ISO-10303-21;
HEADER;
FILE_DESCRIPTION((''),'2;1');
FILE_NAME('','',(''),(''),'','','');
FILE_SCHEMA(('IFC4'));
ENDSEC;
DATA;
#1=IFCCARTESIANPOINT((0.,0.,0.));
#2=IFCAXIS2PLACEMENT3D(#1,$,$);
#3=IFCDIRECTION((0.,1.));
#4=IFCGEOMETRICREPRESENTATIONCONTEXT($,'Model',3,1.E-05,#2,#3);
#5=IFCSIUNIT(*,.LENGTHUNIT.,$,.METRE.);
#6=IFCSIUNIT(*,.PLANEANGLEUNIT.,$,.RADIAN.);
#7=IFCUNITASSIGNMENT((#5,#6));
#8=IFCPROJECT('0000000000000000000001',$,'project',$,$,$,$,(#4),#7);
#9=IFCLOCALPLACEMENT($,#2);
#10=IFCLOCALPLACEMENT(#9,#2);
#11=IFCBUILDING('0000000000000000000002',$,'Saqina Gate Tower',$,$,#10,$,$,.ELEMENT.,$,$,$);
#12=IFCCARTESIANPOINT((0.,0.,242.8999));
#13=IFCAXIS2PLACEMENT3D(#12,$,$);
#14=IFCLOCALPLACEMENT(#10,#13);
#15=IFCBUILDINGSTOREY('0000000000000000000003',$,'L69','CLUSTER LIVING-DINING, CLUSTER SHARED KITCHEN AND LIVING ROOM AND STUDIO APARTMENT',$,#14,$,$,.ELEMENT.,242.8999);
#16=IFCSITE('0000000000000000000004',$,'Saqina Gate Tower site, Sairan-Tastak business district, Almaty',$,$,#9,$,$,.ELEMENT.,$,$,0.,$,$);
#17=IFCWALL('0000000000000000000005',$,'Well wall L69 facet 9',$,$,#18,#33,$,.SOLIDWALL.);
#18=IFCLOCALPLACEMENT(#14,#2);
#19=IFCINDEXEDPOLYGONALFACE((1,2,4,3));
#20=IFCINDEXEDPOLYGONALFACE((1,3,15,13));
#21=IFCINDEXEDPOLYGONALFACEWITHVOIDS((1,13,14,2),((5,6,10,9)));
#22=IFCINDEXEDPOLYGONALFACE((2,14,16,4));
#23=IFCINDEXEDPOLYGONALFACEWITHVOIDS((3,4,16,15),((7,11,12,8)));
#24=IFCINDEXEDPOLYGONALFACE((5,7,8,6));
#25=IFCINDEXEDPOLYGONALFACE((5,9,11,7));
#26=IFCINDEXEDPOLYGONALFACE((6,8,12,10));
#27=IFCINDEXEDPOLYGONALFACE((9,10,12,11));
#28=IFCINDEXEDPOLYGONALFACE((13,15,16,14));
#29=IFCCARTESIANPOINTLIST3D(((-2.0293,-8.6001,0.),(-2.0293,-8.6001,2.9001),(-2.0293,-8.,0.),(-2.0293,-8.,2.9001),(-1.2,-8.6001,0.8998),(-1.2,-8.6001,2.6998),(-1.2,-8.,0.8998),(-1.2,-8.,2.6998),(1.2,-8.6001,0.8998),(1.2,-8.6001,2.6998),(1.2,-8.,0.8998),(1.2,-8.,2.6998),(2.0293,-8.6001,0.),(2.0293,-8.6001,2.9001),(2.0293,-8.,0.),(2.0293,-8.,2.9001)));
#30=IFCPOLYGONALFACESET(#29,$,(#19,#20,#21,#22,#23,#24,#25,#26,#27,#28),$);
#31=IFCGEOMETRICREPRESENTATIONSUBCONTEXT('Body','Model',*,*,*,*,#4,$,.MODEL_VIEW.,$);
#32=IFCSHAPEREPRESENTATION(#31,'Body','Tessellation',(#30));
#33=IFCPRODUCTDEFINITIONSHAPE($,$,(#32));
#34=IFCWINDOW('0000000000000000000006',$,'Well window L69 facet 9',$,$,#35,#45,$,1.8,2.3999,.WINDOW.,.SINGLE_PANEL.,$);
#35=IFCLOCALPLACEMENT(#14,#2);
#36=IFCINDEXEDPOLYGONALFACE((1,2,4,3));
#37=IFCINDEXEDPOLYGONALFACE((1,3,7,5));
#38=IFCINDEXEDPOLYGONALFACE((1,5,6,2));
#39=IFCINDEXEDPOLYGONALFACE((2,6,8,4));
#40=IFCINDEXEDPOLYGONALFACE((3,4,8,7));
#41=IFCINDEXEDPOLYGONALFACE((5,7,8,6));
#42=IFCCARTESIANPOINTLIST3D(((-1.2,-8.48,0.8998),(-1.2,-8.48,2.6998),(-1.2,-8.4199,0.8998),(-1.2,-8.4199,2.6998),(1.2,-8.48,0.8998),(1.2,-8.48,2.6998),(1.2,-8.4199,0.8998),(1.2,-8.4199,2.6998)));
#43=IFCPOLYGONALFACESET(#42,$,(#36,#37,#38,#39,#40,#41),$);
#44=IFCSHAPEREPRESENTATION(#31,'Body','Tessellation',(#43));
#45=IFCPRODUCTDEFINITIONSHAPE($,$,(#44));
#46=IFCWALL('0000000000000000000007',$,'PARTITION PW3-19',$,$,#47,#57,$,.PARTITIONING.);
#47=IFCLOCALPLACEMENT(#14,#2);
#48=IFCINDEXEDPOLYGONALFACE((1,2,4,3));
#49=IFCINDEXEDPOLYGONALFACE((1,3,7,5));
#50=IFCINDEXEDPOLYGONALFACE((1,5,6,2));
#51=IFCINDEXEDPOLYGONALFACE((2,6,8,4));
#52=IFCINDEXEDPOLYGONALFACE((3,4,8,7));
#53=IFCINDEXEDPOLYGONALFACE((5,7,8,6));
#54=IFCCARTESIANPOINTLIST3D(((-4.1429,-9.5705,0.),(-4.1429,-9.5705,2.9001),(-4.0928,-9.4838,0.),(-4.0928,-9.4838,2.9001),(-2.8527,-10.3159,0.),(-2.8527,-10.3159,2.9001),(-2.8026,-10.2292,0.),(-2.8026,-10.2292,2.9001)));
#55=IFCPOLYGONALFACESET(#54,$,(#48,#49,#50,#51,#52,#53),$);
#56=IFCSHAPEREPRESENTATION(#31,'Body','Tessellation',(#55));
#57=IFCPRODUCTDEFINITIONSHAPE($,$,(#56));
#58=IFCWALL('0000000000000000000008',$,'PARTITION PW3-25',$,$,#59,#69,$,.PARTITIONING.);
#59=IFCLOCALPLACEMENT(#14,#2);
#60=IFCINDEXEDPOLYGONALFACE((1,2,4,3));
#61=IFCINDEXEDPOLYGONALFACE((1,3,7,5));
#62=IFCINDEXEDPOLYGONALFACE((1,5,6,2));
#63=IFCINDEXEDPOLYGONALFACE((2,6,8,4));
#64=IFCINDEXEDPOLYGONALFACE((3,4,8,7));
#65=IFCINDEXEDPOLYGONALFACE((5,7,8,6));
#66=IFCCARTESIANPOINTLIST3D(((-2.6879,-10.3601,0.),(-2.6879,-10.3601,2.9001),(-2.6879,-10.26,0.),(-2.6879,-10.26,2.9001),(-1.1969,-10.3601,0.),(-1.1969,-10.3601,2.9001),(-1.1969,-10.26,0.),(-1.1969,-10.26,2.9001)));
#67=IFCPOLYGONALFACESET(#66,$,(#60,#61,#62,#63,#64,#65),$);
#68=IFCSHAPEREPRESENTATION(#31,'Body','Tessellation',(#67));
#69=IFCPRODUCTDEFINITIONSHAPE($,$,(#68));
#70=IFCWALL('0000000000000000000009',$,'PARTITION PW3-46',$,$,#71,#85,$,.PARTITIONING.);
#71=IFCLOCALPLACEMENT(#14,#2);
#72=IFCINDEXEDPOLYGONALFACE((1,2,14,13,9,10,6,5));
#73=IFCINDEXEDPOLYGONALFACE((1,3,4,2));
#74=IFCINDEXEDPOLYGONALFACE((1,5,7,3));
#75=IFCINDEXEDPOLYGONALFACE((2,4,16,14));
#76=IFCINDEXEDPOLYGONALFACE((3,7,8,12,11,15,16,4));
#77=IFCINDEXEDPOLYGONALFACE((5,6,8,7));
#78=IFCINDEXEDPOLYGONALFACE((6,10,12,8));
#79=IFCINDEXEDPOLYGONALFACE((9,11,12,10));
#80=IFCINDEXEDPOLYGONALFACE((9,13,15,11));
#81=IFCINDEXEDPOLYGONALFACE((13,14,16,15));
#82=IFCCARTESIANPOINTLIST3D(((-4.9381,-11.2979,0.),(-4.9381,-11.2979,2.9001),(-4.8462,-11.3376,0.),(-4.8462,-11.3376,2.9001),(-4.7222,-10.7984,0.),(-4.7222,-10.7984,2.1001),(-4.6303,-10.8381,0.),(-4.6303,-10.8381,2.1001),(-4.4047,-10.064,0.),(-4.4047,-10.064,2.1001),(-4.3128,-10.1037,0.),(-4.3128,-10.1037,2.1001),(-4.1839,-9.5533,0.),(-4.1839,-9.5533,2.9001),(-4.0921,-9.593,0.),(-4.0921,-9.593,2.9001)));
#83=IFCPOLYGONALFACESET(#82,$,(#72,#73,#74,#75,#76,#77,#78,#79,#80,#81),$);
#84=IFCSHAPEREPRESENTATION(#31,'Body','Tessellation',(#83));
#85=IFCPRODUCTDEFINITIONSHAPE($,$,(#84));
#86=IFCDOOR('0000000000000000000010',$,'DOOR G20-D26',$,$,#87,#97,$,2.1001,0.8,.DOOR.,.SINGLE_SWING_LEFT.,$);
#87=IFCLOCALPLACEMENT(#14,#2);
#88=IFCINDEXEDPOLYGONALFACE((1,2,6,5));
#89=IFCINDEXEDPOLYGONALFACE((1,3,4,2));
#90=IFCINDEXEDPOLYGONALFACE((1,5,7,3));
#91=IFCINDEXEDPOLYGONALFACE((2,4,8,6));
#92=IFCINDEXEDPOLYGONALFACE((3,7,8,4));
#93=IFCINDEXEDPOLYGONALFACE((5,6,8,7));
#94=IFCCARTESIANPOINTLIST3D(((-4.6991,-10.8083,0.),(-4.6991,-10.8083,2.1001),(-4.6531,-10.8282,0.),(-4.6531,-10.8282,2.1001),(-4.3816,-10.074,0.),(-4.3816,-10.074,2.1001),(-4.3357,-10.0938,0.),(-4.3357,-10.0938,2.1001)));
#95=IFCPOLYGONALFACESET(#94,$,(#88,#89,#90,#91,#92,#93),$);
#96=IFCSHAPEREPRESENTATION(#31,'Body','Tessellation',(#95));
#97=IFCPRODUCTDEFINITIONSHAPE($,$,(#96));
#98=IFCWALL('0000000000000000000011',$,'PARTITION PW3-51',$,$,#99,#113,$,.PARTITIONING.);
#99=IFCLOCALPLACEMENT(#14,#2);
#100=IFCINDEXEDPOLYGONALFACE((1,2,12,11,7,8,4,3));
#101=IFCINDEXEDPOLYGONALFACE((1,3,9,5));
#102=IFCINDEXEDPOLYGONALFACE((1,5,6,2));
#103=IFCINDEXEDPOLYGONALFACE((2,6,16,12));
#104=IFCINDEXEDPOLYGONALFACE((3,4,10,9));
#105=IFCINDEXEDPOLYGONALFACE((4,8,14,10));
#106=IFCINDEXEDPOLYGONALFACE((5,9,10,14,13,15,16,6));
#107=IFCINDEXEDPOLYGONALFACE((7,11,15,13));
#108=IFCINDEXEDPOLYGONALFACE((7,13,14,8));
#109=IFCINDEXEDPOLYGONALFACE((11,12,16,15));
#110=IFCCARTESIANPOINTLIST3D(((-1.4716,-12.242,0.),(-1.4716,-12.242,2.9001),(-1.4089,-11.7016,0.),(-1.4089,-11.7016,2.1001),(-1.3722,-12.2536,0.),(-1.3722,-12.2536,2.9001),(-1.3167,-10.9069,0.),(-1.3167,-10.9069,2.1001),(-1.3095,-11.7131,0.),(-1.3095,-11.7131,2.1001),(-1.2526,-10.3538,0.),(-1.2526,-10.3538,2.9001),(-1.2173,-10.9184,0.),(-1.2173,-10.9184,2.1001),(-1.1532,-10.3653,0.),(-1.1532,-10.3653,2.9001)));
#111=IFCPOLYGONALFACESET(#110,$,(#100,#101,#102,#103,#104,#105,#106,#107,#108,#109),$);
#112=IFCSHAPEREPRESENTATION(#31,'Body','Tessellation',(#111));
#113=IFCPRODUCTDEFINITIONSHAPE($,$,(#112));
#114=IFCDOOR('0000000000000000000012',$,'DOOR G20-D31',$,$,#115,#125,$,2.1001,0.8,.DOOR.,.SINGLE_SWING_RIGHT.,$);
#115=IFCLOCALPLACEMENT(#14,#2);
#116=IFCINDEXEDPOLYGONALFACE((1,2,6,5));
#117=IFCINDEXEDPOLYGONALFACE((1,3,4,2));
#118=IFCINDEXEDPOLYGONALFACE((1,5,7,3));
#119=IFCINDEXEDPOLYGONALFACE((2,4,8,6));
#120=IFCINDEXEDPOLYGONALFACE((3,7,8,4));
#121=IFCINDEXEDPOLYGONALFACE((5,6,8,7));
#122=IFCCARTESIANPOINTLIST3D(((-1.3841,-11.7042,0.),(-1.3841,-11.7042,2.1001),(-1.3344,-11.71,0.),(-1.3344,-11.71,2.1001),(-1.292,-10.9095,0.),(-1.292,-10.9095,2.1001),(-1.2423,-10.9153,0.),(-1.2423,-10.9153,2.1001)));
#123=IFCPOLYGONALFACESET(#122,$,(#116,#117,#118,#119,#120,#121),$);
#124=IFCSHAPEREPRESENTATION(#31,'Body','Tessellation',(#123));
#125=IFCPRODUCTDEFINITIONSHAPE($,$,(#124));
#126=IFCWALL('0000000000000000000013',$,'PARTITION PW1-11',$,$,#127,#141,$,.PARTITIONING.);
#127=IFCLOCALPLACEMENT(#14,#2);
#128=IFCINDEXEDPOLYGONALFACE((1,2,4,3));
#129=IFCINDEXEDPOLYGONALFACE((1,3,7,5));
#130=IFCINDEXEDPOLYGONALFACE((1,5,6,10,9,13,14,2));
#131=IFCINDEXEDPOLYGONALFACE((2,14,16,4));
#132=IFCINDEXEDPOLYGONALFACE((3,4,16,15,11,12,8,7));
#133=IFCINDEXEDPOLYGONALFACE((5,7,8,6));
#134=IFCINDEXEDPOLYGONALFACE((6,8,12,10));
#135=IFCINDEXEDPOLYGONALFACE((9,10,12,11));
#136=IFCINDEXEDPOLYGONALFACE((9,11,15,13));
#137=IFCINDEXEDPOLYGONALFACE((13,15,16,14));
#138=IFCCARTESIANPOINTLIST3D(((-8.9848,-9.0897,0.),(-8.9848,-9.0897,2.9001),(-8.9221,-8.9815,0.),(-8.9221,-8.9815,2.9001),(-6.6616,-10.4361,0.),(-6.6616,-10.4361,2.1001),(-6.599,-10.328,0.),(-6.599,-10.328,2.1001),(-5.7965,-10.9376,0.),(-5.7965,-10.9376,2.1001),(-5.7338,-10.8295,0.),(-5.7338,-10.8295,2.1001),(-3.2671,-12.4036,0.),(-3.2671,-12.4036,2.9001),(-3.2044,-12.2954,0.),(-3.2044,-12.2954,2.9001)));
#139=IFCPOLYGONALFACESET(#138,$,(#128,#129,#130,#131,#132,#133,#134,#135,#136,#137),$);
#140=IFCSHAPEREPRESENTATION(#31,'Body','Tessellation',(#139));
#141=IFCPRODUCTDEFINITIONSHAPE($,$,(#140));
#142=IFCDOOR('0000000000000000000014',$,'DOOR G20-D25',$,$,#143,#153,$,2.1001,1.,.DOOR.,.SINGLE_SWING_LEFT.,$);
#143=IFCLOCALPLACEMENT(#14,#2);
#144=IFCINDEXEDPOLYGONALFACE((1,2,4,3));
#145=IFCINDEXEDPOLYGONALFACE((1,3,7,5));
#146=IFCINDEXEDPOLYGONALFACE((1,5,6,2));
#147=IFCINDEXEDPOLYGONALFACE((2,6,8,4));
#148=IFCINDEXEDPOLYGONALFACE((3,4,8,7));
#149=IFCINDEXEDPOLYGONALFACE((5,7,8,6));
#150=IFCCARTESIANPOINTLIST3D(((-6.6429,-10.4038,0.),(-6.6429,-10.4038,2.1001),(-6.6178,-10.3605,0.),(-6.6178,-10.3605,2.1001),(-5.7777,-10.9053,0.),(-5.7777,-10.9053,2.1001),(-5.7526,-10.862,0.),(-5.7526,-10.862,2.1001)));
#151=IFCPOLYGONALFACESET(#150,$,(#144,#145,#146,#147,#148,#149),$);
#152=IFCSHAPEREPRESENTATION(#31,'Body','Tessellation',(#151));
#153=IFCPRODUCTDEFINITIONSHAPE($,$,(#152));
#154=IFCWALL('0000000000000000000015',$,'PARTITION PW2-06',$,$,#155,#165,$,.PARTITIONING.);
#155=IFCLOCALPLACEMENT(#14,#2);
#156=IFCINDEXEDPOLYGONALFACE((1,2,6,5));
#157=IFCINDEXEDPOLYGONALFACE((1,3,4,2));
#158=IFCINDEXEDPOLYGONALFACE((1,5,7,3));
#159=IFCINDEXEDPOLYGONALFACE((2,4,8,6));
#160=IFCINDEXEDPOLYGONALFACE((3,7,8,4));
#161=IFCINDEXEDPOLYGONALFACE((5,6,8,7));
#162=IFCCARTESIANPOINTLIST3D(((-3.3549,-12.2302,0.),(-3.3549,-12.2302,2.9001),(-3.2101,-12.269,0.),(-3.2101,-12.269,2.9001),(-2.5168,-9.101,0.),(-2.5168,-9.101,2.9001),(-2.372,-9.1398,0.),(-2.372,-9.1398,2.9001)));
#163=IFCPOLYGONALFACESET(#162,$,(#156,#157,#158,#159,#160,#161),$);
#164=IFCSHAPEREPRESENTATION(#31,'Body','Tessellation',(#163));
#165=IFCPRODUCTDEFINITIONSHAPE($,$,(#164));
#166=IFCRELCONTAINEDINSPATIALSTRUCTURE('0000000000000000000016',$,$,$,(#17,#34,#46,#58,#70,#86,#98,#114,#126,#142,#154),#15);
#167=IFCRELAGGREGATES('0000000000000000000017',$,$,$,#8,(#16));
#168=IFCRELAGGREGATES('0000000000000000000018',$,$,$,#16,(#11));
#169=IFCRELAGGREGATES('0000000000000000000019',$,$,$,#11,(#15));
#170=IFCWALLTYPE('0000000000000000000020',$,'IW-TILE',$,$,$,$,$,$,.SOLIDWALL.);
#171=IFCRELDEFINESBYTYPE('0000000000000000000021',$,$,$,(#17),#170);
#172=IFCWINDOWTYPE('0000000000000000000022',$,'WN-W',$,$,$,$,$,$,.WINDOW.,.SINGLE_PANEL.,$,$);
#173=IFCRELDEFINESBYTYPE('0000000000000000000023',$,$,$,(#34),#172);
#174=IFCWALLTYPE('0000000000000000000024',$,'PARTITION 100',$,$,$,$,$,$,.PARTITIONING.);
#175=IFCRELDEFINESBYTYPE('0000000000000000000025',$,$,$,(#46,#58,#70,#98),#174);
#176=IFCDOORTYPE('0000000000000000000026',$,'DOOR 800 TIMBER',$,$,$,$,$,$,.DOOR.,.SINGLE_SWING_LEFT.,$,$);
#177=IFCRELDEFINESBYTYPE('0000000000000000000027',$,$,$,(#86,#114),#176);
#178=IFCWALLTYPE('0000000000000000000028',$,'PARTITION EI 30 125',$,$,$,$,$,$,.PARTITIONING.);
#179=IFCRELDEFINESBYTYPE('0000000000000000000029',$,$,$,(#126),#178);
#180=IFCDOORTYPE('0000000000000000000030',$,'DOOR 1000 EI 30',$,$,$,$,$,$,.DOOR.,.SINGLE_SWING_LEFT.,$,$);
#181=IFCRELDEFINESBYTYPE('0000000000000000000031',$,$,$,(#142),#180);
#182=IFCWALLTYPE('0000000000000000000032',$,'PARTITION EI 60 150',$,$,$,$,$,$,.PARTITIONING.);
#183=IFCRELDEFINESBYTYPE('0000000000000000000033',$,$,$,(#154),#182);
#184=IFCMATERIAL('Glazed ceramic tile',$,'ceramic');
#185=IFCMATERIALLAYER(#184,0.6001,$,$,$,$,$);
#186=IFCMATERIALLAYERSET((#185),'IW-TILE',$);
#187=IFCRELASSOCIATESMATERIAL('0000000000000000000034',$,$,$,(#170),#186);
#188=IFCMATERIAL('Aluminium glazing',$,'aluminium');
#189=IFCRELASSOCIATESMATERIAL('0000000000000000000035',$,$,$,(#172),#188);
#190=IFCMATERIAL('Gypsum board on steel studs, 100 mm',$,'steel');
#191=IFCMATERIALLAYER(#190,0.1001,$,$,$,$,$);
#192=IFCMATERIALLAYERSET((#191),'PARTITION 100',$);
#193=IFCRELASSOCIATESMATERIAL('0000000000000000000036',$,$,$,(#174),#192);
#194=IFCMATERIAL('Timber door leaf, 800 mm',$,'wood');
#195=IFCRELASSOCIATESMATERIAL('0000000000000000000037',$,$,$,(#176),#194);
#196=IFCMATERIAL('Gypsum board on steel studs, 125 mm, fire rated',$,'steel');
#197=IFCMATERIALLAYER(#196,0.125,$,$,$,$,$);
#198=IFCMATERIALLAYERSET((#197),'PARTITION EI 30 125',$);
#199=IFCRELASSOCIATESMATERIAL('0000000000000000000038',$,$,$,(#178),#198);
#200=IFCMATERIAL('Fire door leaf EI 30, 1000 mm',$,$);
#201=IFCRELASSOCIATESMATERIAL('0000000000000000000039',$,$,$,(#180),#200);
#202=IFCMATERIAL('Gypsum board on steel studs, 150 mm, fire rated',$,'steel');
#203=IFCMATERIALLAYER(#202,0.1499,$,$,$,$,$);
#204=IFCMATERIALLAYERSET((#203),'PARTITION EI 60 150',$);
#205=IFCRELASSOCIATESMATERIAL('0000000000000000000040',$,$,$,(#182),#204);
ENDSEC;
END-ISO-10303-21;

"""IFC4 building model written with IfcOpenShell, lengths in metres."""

from ifc_helpers import new_model, si_unit, direction, frame, frame_2d, origin, place, context, subcontext, project, spatial, rectangle, extrude, material, layer, layer_set, type_object, element, fill, save


model = new_model("IFC4")

# Units and contexts
model_context = context("Model", 3, precision=1e-05, world=origin(), true_north=direction((0.0, 1.0)))
body_context = subcontext(model_context, "Body", "Model", "MODEL_VIEW")
ifc_project = project(units=[si_unit("LENGTHUNIT", "METRE"), si_unit("PLANEANGLEUNIT", "RADIAN")], contexts=[model_context])

# Site, building, storey
site_placement = place(None, origin())
site = spatial("IfcSite", under=ifc_project, at=site_placement, Name="Saqina Gate Tower site, Sairan-Tastak business district, Almaty", CompositionType="ELEMENT", RefElevation=0.0)
building_placement = place(site_placement, origin())
building = spatial("IfcBuilding", under=site, at=building_placement, Name="Saqina Gate Tower", CompositionType="ELEMENT")
storey_placement = place(building_placement, frame((0.0, 0.0, 242.8999)))
storey = spatial("IfcBuildingStorey", under=building, at=storey_placement, Name="L69", Description="CLUSTER LIVING-DINING, CLUSTER SHARED KITCHEN AND LIVING ROOM AND STUDIO APARTMENT", CompositionType="ELEMENT", Elevation=242.8999)

# Wall, opening, window
ifc_material_1 = material(Name="Glazed ceramic tile", Category="ceramic")
ifc_layer_1 = layer(ifc_material_1, 0.6001)
ifc_layer_set_1 = layer_set([ifc_layer_1], Name="IW-TILE")
wall_type_1 = type_object("IfcWallType", Name="IW-TILE", PredefinedType="SOLIDWALL", material=ifc_layer_set_1)
ifc_material_2 = material(Name="Aluminium glazing", Category="aluminium")
window_type = type_object("IfcWindowType", Name="WN-W", PartitioningType="SINGLE_PANEL", PredefinedType="WINDOW", material=ifc_material_2)
wall_1_placement = place(storey_placement, frame((-2.0293, -8.3, 0.0), z_axis=(0.0, 0.0, 1.0), x_axis=(1.0, 0.0, 0.0)))
wall_1 = element("IfcWall", 1, at=wall_1_placement, inside=storey, type_object=wall_type_1, Name="Well wall L69 facet 9", PredefinedType="SOLIDWALL", context=body_context, shape_type="SweptSolid", body=[
    extrude(rectangle(XDim=4.0586, YDim=0.6001, at=frame_2d((2.0293, 0.0))), origin(), (0.0, 0.0, 1.0), 2.9001),
])
opening_1_placement = place(wall_1_placement, frame((0.8293, 0.0, 0.8999)))
opening_1 = element("IfcOpeningElement", 2, at=opening_1_placement, cuts=wall_1, PredefinedType="OPENING", context=body_context, shape_type="SweptSolid", body=[
    extrude(rectangle(XDim=2.3999, YDim=1.8, at=frame_2d((1.2, 0.8999))), frame((0.0, 0.312, 0.0), z_axis=(0.0, -1.0, 0.0), x_axis=(1.0, 0.0, 0.0)), (0.0, 0.0, 1.0), 0.624),
])
window_1_placement = place(opening_1_placement, origin())
window_1 = element("IfcWindow", 3, at=window_1_placement, inside=storey, type_object=window_type, Name="Well window L69 facet 9", OverallHeight=1.8, OverallWidth=2.3999, PartitioningType="SINGLE_PANEL", PredefinedType="WINDOW", context=body_context, shape_type="SweptSolid", body=[
    extrude(rectangle(XDim=2.3999, YDim=1.8, at=frame_2d((1.2, 0.8999))), frame((0.0, -0.1199, 0.0), z_axis=(0.0, -1.0, 0.0), x_axis=(1.0, 0.0, 0.0)), (0.0, 0.0, 1.0), 0.0601),
])
fill(opening_1, window_1)

# Walls
ifc_material_3 = material(Name="Gypsum board on steel studs, 100 mm", Category="steel")
ifc_layer_2 = layer(ifc_material_3, 0.1001)
ifc_layer_set_2 = layer_set([ifc_layer_2], Name="PARTITION 100")
wall_type_2 = type_object("IfcWallType", Name="PARTITION 100", PredefinedType="PARTITIONING", material=ifc_layer_set_2)
wall_2_placement = place(storey_placement, frame((-4.1179, -9.5271, 0.0), z_axis=(0.0, 0.0, 1.0), x_axis=(0.865863, -0.50028, 0.0)))
element("IfcWall", 4, at=wall_2_placement, inside=storey, type_object=wall_type_2, Name="PARTITION PW3-19", PredefinedType="PARTITIONING", context=body_context, shape_type="SweptSolid", body=[
    extrude(rectangle(XDim=1.49, YDim=0.1001, at=frame_2d((0.7451, 0.0))), origin(), (0.0, 0.0, 1.0), 2.9001),
])
wall_3_placement = place(storey_placement, frame((-2.688, -10.3101, 0.0), z_axis=(0.0, 0.0, 1.0), x_axis=(1.0, 0.0, 0.0)))
element("IfcWall", 5, at=wall_3_placement, inside=storey, type_object=wall_type_2, Name="PARTITION PW3-25", PredefinedType="PARTITIONING", context=body_context, shape_type="SweptSolid", body=[
    extrude(rectangle(XDim=1.491, YDim=0.1001, at=frame_2d((0.7456, 0.0))), origin(), (0.0, 0.0, 1.0), 2.9001),
])

# Walls, openings, doors
wall_4_placement = place(storey_placement, frame((-4.8921, -11.3176, 0.0), z_axis=(0.0, 0.0, 1.0), x_axis=(0.396785, 0.917911, 0.0)))
wall_4 = element("IfcWall", 6, at=wall_4_placement, inside=storey, type_object=wall_type_2, Name="PARTITION PW3-46", PredefinedType="PARTITIONING", context=body_context, shape_type="SweptSolid", body=[
    extrude(rectangle(XDim=1.9006, YDim=0.1001, at=frame_2d((0.9502, 0.0))), origin(), (0.0, 0.0, 1.0), 2.9001),
])
opening_2_placement = place(wall_4_placement, frame((0.5442, 0.0, 0.0)))
opening_2 = element("IfcOpeningElement", 7, at=opening_2_placement, cuts=wall_4, PredefinedType="OPENING", context=body_context, shape_type="SweptSolid", body=[
    extrude(rectangle(XDim=0.8, YDim=2.1001, at=frame_2d((0.3999, 1.05))), frame((0.0, 0.062, 0.0), z_axis=(0.0, -1.0, 0.0), x_axis=(1.0, 0.0, 0.0)), (0.0, 0.0, 1.0), 0.124),
])
ifc_material_4 = material(Name="Timber door leaf, 800 mm", Category="wood")
door_type_1 = type_object("IfcDoorType", Name="DOOR 800 TIMBER", OperationType="SINGLE_SWING_LEFT", PredefinedType="DOOR", material=ifc_material_4)
door_1_placement = place(opening_2_placement, origin())
door_1 = element("IfcDoor", 8, at=door_1_placement, inside=storey, type_object=door_type_1, Name="DOOR G20-D26", OperationType="SINGLE_SWING_LEFT", OverallHeight=2.1001, OverallWidth=0.8, PredefinedType="DOOR", context=body_context, shape_type="SweptSolid", body=[
    extrude(rectangle(XDim=0.8, YDim=2.1001, at=frame_2d((0.3999, 1.05))), frame((0.0, 0.0249, 0.0), z_axis=(0.0, -1.0, 0.0), x_axis=(1.0, 0.0, 0.0)), (0.0, 0.0, 1.0), 0.05),
])
fill(opening_2, door_1)
wall_5_placement = place(storey_placement, frame((-1.4219, -12.2478, 0.0), z_axis=(0.0, 0.0, 1.0), x_axis=(0.115209, 0.993341, 0.0)))
wall_5 = element("IfcWall", 9, at=wall_5_placement, inside=storey, type_object=wall_type_2, Name="PARTITION PW3-51", PredefinedType="PARTITIONING", context=body_context, shape_type="SweptSolid", body=[
    extrude(rectangle(XDim=1.9009, YDim=0.1001, at=frame_2d((0.9504, 0.0))), origin(), (0.0, 0.0, 1.0), 2.9001),
])
opening_3_placement = place(wall_5_placement, frame((0.5442, 0.0, 0.0)))
opening_3 = element("IfcOpeningElement", 10, at=opening_3_placement, cuts=wall_5, PredefinedType="OPENING", context=body_context, shape_type="SweptSolid", body=[
    extrude(rectangle(XDim=0.8, YDim=2.1001, at=frame_2d((0.3999, 1.05))), frame((0.0, 0.062, 0.0), z_axis=(0.0, -1.0, 0.0), x_axis=(1.0, 0.0, 0.0)), (0.0, 0.0, 1.0), 0.124),
])
door_2_placement = place(opening_3_placement, frame((0.8, 0.0, 0.0), z_axis=(0.0, 0.0, 1.0), x_axis=(-1.0, 0.0, 0.0)))
door_2 = element("IfcDoor", 11, at=door_2_placement, inside=storey, type_object=door_type_1, Name="DOOR G20-D31", OperationType="SINGLE_SWING_RIGHT", OverallHeight=2.1001, OverallWidth=0.8, PredefinedType="DOOR", context=body_context, shape_type="SweptSolid", body=[
    extrude(rectangle(XDim=0.8, YDim=2.1001, at=frame_2d((0.3999, 1.05))), frame((0.0, 0.0249, 0.0), z_axis=(0.0, -1.0, 0.0), x_axis=(1.0, 0.0, 0.0)), (0.0, 0.0, 1.0), 0.05),
])
fill(opening_3, door_2)
ifc_material_5 = material(Name="Gypsum board on steel studs, 125 mm, fire rated", Category="steel")
ifc_layer_3 = layer(ifc_material_5, 0.125)
ifc_layer_set_3 = layer_set([ifc_layer_3], Name="PARTITION EI 30 125")
wall_type_3 = type_object("IfcWallType", Name="PARTITION EI 30 125", PredefinedType="PARTITIONING", material=ifc_layer_set_3)
wall_6_placement = place(storey_placement, frame((-8.9534, -9.0356, 0.0), z_axis=(0.0, 0.0, 1.0), x_axis=(0.865185, -0.501453, 0.0)))
wall_6 = element("IfcWall", 12, at=wall_6_placement, inside=storey, type_object=wall_type_3, Name="PARTITION PW1-11", PredefinedType="PARTITIONING", context=body_context, shape_type="SweptSolid", body=[
    extrude(rectangle(XDim=6.6086, YDim=0.125, at=frame_2d((3.3042, 0.0))), origin(), (0.0, 0.0, 1.0), 2.9001),
])
opening_4_placement = place(wall_6_placement, frame((2.6851, 0.0, 0.0)))
opening_4 = element("IfcOpeningElement", 13, at=opening_4_placement, cuts=wall_6, PredefinedType="OPENING", context=body_context, shape_type="SweptSolid", body=[
    extrude(rectangle(XDim=1.0, YDim=2.1001, at=frame_2d((0.5, 1.05))), frame((0.0, 0.0745, 0.0), z_axis=(0.0, -1.0, 0.0), x_axis=(1.0, 0.0, 0.0)), (0.0, 0.0, 1.0), 0.1489),
])
ifc_material_6 = material(Name="Fire door leaf EI 30, 1000 mm")
door_type_2 = type_object("IfcDoorType", Name="DOOR 1000 EI 30", OperationType="SINGLE_SWING_LEFT", PredefinedType="DOOR", material=ifc_material_6)
door_3_placement = place(opening_4_placement, origin())
door_3 = element("IfcDoor", 14, at=door_3_placement, inside=storey, type_object=door_type_2, Name="DOOR G20-D25", OperationType="SINGLE_SWING_LEFT", OverallHeight=2.1001, OverallWidth=1.0, PredefinedType="DOOR", context=body_context, shape_type="SweptSolid", body=[
    extrude(rectangle(XDim=1.0, YDim=2.1001, at=frame_2d((0.5, 1.05))), frame((0.0, 0.0249, 0.0), z_axis=(0.0, -1.0, 0.0), x_axis=(1.0, 0.0, 0.0)), (0.0, 0.0, 1.0), 0.05),
])
fill(opening_4, door_3)

# Wall
ifc_material_7 = material(Name="Gypsum board on steel studs, 150 mm, fire rated", Category="steel")
ifc_layer_4 = layer(ifc_material_7, 0.1499)
ifc_layer_set_4 = layer_set([ifc_layer_4], Name="PARTITION EI 60 150")
wall_type_4 = type_object("IfcWallType", Name="PARTITION EI 60 150", PredefinedType="PARTITIONING", material=ifc_layer_set_4)
wall_7_placement = place(storey_placement, frame((-3.2825, -12.2495, 0.0), z_axis=(0.0, 0.0, 1.0), x_axis=(0.258727, 0.96595, 0.0)))
element("IfcWall", 15, at=wall_7_placement, inside=storey, type_object=wall_type_4, Name="PARTITION PW2-06", PredefinedType="PARTITIONING", context=body_context, shape_type="SweptSolid", body=[
    extrude(rectangle(XDim=3.2395, YDim=0.1499, at=frame_2d((1.6196, 0.0))), origin(), (0.0, 0.0, 1.0), 2.9001),
])

save(model, "model.ifc")
